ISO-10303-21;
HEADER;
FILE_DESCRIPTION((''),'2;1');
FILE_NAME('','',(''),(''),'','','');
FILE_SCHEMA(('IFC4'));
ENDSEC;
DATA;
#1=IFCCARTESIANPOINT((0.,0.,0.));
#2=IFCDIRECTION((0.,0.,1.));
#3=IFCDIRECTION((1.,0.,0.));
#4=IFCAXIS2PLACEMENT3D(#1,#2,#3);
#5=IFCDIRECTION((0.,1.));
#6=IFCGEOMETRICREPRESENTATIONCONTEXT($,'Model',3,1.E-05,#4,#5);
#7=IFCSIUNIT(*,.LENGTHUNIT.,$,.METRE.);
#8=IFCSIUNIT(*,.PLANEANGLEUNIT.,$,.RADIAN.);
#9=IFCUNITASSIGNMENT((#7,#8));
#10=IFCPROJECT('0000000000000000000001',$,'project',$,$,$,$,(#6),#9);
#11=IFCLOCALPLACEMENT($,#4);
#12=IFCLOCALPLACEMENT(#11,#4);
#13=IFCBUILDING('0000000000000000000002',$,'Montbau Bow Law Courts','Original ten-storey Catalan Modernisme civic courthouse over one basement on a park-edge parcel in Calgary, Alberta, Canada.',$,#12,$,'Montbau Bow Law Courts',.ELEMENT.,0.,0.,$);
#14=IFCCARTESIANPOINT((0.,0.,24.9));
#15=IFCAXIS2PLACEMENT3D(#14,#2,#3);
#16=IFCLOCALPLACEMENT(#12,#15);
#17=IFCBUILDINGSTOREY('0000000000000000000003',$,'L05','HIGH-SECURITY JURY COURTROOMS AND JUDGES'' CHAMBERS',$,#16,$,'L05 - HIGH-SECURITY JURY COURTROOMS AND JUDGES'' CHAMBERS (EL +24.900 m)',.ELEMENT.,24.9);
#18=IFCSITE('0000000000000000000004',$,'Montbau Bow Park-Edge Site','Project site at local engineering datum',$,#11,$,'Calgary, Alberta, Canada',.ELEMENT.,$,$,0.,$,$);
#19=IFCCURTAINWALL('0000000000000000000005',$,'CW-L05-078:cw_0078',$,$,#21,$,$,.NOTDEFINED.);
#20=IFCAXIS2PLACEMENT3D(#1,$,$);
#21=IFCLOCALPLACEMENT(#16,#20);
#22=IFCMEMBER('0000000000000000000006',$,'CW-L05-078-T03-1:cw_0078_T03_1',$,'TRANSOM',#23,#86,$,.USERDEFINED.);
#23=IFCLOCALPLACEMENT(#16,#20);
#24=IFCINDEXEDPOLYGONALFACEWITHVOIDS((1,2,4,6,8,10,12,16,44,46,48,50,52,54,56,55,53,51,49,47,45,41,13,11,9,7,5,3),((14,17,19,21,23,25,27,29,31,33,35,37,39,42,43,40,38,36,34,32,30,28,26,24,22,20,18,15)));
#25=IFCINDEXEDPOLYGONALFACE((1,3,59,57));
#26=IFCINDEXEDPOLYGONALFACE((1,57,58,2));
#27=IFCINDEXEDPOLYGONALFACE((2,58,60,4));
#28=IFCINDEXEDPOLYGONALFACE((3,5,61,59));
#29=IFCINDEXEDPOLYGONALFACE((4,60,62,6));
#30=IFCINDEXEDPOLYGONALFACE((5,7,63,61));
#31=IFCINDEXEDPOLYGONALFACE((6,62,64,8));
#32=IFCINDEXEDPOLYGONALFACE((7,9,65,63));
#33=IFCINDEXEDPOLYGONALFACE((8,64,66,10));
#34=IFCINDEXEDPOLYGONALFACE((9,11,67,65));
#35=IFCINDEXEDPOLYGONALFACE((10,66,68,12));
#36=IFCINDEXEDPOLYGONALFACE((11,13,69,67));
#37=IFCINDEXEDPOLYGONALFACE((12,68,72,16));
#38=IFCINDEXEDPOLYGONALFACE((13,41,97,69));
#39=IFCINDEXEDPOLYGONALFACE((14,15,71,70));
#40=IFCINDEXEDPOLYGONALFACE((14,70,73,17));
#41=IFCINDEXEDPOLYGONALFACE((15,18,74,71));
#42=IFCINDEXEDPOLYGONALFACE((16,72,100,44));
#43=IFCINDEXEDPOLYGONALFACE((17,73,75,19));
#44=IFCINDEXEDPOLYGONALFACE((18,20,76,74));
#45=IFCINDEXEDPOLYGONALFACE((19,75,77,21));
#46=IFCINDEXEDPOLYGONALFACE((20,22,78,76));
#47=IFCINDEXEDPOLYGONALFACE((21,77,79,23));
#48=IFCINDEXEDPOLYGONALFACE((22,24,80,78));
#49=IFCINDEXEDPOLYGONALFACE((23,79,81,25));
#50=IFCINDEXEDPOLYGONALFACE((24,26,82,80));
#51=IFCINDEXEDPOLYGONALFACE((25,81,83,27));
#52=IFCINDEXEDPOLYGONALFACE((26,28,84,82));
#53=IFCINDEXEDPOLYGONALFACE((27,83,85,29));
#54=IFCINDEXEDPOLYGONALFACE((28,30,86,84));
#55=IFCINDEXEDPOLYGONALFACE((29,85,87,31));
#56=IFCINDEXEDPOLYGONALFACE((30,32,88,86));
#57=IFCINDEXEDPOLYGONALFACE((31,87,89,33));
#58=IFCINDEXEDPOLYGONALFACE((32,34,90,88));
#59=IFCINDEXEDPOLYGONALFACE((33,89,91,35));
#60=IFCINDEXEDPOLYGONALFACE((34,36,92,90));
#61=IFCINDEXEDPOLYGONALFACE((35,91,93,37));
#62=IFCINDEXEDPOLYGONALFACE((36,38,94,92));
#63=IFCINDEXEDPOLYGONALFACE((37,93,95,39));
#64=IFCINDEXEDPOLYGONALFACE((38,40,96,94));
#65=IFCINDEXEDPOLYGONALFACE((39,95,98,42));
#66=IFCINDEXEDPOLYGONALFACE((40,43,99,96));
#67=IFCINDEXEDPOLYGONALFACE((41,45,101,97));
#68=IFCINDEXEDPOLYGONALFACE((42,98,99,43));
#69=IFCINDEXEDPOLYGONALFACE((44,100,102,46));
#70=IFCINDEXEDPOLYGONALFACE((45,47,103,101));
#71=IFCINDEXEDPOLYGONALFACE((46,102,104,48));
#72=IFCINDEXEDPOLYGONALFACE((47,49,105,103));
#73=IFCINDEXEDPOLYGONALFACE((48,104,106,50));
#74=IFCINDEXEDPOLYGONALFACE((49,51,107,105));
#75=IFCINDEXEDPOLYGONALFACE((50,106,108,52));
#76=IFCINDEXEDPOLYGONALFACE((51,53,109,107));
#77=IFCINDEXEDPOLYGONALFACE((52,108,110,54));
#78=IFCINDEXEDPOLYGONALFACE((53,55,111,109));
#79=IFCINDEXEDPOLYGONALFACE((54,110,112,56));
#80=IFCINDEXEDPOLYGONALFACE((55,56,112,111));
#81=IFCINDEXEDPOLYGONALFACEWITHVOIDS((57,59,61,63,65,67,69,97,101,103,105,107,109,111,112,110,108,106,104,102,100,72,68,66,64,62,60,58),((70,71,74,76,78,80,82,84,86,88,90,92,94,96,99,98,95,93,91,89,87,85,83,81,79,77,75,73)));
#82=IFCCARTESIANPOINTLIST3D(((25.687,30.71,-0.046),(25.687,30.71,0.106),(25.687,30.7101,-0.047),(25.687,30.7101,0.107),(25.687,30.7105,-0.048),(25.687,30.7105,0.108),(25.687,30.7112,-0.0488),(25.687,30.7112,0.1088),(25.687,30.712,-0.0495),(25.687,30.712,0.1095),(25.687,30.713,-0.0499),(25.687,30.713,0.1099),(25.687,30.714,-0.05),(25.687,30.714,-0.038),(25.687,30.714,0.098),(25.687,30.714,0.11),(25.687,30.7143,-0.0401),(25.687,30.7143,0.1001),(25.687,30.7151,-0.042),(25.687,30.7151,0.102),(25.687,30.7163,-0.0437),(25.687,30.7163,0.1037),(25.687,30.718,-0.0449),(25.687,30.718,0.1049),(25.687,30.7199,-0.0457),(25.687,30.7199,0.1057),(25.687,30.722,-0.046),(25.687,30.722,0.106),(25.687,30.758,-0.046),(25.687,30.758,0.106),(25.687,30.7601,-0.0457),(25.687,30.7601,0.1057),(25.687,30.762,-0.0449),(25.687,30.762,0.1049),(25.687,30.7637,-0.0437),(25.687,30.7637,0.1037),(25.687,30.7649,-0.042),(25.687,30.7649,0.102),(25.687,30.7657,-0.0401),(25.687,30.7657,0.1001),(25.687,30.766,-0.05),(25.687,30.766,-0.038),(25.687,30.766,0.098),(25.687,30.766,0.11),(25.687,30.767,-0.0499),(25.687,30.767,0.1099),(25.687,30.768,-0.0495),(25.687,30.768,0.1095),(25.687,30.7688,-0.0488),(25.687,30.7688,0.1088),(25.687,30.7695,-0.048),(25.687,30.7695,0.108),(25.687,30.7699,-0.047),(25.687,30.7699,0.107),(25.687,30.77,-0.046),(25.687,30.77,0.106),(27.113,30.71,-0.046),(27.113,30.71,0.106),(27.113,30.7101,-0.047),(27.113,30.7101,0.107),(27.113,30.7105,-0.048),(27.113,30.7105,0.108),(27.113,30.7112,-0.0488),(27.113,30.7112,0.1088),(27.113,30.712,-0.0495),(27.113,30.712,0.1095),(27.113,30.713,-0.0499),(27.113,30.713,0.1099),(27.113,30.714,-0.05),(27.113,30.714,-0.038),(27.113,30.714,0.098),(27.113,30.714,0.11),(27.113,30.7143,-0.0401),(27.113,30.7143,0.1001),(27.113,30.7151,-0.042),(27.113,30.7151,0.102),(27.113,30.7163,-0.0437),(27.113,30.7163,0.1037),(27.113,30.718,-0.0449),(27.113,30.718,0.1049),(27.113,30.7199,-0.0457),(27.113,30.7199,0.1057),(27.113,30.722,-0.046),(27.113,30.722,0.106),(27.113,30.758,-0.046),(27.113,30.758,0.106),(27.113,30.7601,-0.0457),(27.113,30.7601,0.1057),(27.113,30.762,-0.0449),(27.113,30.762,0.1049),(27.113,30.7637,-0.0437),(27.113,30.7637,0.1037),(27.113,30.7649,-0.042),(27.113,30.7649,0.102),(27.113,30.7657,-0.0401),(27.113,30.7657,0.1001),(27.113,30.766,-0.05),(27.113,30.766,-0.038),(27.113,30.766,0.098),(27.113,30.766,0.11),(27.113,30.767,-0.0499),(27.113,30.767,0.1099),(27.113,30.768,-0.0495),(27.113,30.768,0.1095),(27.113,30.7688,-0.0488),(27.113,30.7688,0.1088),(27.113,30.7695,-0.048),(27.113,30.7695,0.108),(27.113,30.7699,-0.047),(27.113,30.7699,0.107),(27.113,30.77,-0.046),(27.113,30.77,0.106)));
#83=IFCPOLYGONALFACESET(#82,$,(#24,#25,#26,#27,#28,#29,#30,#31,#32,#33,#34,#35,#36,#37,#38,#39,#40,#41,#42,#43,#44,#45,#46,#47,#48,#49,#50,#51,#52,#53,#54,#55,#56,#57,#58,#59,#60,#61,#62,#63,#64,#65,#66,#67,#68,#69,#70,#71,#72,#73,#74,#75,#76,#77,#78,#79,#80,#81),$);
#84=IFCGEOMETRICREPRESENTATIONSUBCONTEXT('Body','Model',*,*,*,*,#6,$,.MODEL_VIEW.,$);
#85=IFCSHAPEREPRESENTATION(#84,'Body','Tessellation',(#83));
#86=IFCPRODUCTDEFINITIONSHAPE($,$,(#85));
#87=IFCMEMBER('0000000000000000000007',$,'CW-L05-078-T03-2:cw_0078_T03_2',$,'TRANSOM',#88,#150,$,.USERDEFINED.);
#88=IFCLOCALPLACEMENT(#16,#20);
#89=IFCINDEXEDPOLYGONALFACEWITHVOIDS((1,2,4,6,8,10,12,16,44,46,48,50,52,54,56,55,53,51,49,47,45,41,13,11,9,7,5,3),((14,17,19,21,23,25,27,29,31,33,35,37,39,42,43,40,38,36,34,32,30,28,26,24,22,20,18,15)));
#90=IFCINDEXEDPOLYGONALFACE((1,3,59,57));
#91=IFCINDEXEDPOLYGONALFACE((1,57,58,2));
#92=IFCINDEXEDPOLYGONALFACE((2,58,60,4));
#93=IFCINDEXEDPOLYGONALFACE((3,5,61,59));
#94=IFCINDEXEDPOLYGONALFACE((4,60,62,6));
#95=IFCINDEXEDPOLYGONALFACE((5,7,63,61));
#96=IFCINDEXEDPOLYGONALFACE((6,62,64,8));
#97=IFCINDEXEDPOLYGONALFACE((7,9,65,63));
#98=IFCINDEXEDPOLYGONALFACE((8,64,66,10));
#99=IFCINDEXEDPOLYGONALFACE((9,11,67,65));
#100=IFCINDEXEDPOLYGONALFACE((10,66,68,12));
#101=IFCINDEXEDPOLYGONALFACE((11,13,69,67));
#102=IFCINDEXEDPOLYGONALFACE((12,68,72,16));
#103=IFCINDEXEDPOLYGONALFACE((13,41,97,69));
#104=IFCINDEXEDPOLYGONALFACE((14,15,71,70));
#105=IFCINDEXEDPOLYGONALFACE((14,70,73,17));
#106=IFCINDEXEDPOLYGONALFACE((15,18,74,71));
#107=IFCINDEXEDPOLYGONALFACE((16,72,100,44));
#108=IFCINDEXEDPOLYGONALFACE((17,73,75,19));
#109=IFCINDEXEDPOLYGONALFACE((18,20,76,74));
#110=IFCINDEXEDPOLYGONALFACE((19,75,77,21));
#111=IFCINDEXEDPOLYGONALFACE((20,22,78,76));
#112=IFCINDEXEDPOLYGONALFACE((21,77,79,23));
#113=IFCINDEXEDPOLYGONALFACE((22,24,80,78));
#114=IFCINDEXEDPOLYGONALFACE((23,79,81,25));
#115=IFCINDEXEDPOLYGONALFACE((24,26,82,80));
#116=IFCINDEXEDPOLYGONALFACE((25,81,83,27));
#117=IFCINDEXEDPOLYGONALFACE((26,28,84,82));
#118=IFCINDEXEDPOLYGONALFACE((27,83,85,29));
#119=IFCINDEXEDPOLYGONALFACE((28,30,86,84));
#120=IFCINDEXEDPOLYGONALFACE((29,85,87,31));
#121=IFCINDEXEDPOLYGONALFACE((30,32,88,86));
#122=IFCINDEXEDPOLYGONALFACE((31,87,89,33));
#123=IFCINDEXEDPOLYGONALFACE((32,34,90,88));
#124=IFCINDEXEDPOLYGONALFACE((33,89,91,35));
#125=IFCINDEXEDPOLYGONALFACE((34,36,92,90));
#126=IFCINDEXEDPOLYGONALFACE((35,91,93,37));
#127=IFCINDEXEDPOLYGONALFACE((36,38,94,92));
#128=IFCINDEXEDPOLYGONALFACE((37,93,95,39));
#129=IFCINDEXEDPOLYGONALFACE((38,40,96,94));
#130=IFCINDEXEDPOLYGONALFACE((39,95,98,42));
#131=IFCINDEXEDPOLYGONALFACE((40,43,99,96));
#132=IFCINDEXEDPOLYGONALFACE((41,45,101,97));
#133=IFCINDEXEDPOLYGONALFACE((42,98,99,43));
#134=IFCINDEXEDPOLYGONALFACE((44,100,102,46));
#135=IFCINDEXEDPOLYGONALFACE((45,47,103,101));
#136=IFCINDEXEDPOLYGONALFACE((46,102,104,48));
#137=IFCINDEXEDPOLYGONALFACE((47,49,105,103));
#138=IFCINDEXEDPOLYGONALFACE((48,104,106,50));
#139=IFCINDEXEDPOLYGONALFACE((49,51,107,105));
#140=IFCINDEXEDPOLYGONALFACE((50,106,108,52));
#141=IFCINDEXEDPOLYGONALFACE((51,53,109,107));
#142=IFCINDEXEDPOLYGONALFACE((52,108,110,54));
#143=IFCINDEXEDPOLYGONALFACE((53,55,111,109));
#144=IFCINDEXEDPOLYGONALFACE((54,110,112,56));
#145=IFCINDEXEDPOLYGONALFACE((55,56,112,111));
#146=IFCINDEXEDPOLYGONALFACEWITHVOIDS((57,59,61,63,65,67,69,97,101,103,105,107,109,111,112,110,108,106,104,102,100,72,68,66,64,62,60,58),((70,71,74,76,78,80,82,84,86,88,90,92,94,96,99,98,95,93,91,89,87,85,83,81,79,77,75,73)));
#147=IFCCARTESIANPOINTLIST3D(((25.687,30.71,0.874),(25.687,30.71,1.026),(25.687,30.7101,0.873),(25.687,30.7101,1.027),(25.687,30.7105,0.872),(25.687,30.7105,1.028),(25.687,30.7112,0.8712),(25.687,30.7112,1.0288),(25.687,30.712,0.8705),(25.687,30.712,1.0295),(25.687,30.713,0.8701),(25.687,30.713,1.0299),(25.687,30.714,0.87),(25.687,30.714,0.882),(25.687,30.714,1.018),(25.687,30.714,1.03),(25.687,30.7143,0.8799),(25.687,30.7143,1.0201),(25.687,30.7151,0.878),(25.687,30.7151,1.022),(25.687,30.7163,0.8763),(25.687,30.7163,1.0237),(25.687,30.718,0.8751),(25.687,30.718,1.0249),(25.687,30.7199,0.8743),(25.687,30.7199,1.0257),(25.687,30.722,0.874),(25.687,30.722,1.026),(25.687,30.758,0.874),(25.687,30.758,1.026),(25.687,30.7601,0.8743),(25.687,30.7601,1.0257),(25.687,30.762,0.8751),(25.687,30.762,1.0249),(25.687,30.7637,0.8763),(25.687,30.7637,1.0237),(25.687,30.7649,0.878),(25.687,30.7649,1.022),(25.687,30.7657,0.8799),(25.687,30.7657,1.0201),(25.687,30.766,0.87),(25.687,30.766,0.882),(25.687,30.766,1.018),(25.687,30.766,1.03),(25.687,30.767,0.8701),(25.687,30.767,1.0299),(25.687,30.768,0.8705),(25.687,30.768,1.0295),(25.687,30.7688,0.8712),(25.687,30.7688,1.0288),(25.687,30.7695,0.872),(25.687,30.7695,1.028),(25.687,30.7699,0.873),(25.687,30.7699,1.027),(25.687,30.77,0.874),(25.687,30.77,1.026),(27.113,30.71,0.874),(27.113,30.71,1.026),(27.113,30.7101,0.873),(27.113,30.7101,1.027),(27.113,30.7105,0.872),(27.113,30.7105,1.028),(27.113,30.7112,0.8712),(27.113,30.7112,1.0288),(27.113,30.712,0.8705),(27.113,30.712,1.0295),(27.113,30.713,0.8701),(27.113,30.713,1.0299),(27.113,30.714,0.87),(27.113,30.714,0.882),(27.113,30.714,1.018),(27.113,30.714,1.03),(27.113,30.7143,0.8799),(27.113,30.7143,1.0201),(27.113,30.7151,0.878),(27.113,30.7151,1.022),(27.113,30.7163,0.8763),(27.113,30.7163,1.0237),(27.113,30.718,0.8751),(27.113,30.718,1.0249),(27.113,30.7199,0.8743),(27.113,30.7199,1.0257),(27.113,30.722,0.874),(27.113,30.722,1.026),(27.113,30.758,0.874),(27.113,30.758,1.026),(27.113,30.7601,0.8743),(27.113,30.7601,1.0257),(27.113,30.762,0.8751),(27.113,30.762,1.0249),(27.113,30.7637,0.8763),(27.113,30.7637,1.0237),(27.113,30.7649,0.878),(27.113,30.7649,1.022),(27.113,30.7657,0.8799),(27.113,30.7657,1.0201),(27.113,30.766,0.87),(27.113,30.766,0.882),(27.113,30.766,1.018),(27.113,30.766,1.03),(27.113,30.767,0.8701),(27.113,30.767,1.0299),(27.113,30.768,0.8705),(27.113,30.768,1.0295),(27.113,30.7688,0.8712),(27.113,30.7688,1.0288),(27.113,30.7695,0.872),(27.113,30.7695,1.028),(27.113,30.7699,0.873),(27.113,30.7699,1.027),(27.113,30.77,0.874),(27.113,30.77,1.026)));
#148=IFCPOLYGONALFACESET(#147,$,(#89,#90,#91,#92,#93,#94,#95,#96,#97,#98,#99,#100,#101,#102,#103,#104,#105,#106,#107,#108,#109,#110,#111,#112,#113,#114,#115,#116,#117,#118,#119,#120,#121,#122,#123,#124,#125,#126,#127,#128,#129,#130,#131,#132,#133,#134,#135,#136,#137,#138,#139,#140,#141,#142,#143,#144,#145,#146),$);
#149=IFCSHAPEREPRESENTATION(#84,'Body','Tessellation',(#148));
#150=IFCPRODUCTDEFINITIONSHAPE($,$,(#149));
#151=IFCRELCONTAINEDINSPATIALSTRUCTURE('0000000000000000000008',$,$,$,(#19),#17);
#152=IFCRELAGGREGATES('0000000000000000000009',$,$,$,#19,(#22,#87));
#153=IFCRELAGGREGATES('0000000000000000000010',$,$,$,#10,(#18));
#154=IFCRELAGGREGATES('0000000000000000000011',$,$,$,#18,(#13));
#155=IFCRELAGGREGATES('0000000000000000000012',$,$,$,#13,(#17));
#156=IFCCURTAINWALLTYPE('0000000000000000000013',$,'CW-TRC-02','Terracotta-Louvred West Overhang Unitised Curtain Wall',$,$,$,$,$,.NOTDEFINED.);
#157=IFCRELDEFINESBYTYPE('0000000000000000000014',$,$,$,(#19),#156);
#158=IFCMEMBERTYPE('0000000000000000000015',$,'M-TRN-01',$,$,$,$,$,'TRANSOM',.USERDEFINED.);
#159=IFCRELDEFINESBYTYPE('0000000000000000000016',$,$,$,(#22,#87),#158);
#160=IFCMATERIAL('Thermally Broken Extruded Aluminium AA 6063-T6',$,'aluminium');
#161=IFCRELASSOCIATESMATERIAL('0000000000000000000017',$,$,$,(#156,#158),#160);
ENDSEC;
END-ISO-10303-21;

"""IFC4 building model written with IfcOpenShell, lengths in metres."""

from ifc_helpers import new_model, si_unit, direction, frame, origin_with_axes, origin_2d_with_axis, place, context, subcontext, project, spatial, hollow_rectangle, extrude, material, material_profile, profile_set, type_object, element, aggregate, save


model = new_model("IFC4")

# Units and contexts
model_context = context("Model", 3, precision=1e-05, world=origin_with_axes(), true_north=direction((0.0, 1.0)))
body_context = subcontext(model_context, "Body", "Model", "MODEL_VIEW")
ifc_project = project(units=[si_unit("LENGTHUNIT", "METRE"), si_unit("PLANEANGLEUNIT", "RADIAN")], contexts=[model_context])

# Site, building, storey
site_placement = place(None, origin_with_axes())
site = spatial("IfcSite", under=ifc_project, at=site_placement, Name="Montbau Bow Park-Edge Site", Description="Project site at local engineering datum", LongName="Calgary, Alberta, Canada", CompositionType="ELEMENT", RefElevation=0.0)
building_placement = place(site_placement, origin_with_axes())
building = spatial("IfcBuilding", under=site, at=building_placement, Name="Montbau Bow Law Courts", Description="Original ten-storey Catalan Modernisme civic courthouse over one basement on a park-edge parcel in Calgary, Alberta, Canada.", LongName="Montbau Bow Law Courts", CompositionType="ELEMENT", ElevationOfRefHeight=0.0, ElevationOfTerrain=0.0)
storey_placement = place(building_placement, frame((0.0, 0.0, 24.9), z_axis=(0.0, 0.0, 1.0), x_axis=(1.0, 0.0, 0.0)))
storey = spatial("IfcBuildingStorey", under=building, at=storey_placement, Name="L05", Description="HIGH-SECURITY JURY COURTROOMS AND JUDGES' CHAMBERS", LongName="L05 - HIGH-SECURITY JURY COURTROOMS AND JUDGES' CHAMBERS (EL +24.900 m)", CompositionType="ELEMENT", Elevation=24.9)

# Curtain wall, members
ifc_material_1 = material(Name="Thermally Broken Extruded Aluminium AA 6063-T6", Category="aluminium")
curtain_wall_type = type_object("IfcCurtainWallType", Name="CW-TRC-02", Description="Terracotta-Louvred West Overhang Unitised Curtain Wall", PredefinedType="NOTDEFINED", material=ifc_material_1)
curtain_wall_placement = place(None, frame((22.64, 30.74, 24.9), z_axis=(0.0, 0.0, 1.0), x_axis=(1.0, 0.0, 0.0)))
curtain_wall = element("IfcCurtainWall", 1, at=curtain_wall_placement, inside=storey, type_object=curtain_wall_type, Name="CW-L05-078:cw_0078", PredefinedType="NOTDEFINED")
ifc_material_profile_1 = material_profile(ifc_material_1, hollow_rectangle(XDim=0.06, YDim=0.16, WallThickness=0.004, InnerFilletRadius=0.008, OuterFilletRadius=0.004, at=origin_2d_with_axis()), Name="CWT-160X60", Category="Main", Priority=0)
ifc_profile_set_1 = profile_set([ifc_material_profile_1], Name="Thermally Broken Extruded Aluminium AA 6063-T6")
member_type_1 = type_object("IfcMemberType", Name="M-TRN-01", ElementType="TRANSOM", PredefinedType="USERDEFINED", material=ifc_profile_set_1)
member_1_placement = place(None, frame((25.687, 30.74, 24.93), z_axis=(1.0, 0.0, 0.0), x_axis=(0.0, 1.0, 0.0)))
member_1 = element("IfcMember", 2, at=member_1_placement, type_object=member_type_1, Name="CW-L05-078-T03-1:cw_0078_T03_1", ObjectType="TRANSOM", PredefinedType="USERDEFINED", context=body_context, shape_type="SweptSolid", body=[
    extrude(hollow_rectangle(XDim=0.06, YDim=0.16, WallThickness=0.004, InnerFilletRadius=0.008, OuterFilletRadius=0.004, at=origin_2d_with_axis()), origin_with_axes(), (0.0, 0.0, 1.0), 1.426),
])
member_2_placement = place(None, frame((25.687, 30.74, 25.85), z_axis=(1.0, 0.0, 0.0), x_axis=(0.0, 1.0, 0.0)))
member_2 = element("IfcMember", 3, at=member_2_placement, type_object=member_type_1, Name="CW-L05-078-T03-2:cw_0078_T03_2", ObjectType="TRANSOM", PredefinedType="USERDEFINED", context=body_context, shape_type="SweptSolid", body=[
    extrude(hollow_rectangle(XDim=0.06, YDim=0.16, WallThickness=0.004, InnerFilletRadius=0.008, OuterFilletRadius=0.004, at=origin_2d_with_axis()), origin_with_axes(), (0.0, 0.0, 1.0), 1.426),
])
aggregate(curtain_wall, [member_1, member_2])

save(model, "model.ifc")
